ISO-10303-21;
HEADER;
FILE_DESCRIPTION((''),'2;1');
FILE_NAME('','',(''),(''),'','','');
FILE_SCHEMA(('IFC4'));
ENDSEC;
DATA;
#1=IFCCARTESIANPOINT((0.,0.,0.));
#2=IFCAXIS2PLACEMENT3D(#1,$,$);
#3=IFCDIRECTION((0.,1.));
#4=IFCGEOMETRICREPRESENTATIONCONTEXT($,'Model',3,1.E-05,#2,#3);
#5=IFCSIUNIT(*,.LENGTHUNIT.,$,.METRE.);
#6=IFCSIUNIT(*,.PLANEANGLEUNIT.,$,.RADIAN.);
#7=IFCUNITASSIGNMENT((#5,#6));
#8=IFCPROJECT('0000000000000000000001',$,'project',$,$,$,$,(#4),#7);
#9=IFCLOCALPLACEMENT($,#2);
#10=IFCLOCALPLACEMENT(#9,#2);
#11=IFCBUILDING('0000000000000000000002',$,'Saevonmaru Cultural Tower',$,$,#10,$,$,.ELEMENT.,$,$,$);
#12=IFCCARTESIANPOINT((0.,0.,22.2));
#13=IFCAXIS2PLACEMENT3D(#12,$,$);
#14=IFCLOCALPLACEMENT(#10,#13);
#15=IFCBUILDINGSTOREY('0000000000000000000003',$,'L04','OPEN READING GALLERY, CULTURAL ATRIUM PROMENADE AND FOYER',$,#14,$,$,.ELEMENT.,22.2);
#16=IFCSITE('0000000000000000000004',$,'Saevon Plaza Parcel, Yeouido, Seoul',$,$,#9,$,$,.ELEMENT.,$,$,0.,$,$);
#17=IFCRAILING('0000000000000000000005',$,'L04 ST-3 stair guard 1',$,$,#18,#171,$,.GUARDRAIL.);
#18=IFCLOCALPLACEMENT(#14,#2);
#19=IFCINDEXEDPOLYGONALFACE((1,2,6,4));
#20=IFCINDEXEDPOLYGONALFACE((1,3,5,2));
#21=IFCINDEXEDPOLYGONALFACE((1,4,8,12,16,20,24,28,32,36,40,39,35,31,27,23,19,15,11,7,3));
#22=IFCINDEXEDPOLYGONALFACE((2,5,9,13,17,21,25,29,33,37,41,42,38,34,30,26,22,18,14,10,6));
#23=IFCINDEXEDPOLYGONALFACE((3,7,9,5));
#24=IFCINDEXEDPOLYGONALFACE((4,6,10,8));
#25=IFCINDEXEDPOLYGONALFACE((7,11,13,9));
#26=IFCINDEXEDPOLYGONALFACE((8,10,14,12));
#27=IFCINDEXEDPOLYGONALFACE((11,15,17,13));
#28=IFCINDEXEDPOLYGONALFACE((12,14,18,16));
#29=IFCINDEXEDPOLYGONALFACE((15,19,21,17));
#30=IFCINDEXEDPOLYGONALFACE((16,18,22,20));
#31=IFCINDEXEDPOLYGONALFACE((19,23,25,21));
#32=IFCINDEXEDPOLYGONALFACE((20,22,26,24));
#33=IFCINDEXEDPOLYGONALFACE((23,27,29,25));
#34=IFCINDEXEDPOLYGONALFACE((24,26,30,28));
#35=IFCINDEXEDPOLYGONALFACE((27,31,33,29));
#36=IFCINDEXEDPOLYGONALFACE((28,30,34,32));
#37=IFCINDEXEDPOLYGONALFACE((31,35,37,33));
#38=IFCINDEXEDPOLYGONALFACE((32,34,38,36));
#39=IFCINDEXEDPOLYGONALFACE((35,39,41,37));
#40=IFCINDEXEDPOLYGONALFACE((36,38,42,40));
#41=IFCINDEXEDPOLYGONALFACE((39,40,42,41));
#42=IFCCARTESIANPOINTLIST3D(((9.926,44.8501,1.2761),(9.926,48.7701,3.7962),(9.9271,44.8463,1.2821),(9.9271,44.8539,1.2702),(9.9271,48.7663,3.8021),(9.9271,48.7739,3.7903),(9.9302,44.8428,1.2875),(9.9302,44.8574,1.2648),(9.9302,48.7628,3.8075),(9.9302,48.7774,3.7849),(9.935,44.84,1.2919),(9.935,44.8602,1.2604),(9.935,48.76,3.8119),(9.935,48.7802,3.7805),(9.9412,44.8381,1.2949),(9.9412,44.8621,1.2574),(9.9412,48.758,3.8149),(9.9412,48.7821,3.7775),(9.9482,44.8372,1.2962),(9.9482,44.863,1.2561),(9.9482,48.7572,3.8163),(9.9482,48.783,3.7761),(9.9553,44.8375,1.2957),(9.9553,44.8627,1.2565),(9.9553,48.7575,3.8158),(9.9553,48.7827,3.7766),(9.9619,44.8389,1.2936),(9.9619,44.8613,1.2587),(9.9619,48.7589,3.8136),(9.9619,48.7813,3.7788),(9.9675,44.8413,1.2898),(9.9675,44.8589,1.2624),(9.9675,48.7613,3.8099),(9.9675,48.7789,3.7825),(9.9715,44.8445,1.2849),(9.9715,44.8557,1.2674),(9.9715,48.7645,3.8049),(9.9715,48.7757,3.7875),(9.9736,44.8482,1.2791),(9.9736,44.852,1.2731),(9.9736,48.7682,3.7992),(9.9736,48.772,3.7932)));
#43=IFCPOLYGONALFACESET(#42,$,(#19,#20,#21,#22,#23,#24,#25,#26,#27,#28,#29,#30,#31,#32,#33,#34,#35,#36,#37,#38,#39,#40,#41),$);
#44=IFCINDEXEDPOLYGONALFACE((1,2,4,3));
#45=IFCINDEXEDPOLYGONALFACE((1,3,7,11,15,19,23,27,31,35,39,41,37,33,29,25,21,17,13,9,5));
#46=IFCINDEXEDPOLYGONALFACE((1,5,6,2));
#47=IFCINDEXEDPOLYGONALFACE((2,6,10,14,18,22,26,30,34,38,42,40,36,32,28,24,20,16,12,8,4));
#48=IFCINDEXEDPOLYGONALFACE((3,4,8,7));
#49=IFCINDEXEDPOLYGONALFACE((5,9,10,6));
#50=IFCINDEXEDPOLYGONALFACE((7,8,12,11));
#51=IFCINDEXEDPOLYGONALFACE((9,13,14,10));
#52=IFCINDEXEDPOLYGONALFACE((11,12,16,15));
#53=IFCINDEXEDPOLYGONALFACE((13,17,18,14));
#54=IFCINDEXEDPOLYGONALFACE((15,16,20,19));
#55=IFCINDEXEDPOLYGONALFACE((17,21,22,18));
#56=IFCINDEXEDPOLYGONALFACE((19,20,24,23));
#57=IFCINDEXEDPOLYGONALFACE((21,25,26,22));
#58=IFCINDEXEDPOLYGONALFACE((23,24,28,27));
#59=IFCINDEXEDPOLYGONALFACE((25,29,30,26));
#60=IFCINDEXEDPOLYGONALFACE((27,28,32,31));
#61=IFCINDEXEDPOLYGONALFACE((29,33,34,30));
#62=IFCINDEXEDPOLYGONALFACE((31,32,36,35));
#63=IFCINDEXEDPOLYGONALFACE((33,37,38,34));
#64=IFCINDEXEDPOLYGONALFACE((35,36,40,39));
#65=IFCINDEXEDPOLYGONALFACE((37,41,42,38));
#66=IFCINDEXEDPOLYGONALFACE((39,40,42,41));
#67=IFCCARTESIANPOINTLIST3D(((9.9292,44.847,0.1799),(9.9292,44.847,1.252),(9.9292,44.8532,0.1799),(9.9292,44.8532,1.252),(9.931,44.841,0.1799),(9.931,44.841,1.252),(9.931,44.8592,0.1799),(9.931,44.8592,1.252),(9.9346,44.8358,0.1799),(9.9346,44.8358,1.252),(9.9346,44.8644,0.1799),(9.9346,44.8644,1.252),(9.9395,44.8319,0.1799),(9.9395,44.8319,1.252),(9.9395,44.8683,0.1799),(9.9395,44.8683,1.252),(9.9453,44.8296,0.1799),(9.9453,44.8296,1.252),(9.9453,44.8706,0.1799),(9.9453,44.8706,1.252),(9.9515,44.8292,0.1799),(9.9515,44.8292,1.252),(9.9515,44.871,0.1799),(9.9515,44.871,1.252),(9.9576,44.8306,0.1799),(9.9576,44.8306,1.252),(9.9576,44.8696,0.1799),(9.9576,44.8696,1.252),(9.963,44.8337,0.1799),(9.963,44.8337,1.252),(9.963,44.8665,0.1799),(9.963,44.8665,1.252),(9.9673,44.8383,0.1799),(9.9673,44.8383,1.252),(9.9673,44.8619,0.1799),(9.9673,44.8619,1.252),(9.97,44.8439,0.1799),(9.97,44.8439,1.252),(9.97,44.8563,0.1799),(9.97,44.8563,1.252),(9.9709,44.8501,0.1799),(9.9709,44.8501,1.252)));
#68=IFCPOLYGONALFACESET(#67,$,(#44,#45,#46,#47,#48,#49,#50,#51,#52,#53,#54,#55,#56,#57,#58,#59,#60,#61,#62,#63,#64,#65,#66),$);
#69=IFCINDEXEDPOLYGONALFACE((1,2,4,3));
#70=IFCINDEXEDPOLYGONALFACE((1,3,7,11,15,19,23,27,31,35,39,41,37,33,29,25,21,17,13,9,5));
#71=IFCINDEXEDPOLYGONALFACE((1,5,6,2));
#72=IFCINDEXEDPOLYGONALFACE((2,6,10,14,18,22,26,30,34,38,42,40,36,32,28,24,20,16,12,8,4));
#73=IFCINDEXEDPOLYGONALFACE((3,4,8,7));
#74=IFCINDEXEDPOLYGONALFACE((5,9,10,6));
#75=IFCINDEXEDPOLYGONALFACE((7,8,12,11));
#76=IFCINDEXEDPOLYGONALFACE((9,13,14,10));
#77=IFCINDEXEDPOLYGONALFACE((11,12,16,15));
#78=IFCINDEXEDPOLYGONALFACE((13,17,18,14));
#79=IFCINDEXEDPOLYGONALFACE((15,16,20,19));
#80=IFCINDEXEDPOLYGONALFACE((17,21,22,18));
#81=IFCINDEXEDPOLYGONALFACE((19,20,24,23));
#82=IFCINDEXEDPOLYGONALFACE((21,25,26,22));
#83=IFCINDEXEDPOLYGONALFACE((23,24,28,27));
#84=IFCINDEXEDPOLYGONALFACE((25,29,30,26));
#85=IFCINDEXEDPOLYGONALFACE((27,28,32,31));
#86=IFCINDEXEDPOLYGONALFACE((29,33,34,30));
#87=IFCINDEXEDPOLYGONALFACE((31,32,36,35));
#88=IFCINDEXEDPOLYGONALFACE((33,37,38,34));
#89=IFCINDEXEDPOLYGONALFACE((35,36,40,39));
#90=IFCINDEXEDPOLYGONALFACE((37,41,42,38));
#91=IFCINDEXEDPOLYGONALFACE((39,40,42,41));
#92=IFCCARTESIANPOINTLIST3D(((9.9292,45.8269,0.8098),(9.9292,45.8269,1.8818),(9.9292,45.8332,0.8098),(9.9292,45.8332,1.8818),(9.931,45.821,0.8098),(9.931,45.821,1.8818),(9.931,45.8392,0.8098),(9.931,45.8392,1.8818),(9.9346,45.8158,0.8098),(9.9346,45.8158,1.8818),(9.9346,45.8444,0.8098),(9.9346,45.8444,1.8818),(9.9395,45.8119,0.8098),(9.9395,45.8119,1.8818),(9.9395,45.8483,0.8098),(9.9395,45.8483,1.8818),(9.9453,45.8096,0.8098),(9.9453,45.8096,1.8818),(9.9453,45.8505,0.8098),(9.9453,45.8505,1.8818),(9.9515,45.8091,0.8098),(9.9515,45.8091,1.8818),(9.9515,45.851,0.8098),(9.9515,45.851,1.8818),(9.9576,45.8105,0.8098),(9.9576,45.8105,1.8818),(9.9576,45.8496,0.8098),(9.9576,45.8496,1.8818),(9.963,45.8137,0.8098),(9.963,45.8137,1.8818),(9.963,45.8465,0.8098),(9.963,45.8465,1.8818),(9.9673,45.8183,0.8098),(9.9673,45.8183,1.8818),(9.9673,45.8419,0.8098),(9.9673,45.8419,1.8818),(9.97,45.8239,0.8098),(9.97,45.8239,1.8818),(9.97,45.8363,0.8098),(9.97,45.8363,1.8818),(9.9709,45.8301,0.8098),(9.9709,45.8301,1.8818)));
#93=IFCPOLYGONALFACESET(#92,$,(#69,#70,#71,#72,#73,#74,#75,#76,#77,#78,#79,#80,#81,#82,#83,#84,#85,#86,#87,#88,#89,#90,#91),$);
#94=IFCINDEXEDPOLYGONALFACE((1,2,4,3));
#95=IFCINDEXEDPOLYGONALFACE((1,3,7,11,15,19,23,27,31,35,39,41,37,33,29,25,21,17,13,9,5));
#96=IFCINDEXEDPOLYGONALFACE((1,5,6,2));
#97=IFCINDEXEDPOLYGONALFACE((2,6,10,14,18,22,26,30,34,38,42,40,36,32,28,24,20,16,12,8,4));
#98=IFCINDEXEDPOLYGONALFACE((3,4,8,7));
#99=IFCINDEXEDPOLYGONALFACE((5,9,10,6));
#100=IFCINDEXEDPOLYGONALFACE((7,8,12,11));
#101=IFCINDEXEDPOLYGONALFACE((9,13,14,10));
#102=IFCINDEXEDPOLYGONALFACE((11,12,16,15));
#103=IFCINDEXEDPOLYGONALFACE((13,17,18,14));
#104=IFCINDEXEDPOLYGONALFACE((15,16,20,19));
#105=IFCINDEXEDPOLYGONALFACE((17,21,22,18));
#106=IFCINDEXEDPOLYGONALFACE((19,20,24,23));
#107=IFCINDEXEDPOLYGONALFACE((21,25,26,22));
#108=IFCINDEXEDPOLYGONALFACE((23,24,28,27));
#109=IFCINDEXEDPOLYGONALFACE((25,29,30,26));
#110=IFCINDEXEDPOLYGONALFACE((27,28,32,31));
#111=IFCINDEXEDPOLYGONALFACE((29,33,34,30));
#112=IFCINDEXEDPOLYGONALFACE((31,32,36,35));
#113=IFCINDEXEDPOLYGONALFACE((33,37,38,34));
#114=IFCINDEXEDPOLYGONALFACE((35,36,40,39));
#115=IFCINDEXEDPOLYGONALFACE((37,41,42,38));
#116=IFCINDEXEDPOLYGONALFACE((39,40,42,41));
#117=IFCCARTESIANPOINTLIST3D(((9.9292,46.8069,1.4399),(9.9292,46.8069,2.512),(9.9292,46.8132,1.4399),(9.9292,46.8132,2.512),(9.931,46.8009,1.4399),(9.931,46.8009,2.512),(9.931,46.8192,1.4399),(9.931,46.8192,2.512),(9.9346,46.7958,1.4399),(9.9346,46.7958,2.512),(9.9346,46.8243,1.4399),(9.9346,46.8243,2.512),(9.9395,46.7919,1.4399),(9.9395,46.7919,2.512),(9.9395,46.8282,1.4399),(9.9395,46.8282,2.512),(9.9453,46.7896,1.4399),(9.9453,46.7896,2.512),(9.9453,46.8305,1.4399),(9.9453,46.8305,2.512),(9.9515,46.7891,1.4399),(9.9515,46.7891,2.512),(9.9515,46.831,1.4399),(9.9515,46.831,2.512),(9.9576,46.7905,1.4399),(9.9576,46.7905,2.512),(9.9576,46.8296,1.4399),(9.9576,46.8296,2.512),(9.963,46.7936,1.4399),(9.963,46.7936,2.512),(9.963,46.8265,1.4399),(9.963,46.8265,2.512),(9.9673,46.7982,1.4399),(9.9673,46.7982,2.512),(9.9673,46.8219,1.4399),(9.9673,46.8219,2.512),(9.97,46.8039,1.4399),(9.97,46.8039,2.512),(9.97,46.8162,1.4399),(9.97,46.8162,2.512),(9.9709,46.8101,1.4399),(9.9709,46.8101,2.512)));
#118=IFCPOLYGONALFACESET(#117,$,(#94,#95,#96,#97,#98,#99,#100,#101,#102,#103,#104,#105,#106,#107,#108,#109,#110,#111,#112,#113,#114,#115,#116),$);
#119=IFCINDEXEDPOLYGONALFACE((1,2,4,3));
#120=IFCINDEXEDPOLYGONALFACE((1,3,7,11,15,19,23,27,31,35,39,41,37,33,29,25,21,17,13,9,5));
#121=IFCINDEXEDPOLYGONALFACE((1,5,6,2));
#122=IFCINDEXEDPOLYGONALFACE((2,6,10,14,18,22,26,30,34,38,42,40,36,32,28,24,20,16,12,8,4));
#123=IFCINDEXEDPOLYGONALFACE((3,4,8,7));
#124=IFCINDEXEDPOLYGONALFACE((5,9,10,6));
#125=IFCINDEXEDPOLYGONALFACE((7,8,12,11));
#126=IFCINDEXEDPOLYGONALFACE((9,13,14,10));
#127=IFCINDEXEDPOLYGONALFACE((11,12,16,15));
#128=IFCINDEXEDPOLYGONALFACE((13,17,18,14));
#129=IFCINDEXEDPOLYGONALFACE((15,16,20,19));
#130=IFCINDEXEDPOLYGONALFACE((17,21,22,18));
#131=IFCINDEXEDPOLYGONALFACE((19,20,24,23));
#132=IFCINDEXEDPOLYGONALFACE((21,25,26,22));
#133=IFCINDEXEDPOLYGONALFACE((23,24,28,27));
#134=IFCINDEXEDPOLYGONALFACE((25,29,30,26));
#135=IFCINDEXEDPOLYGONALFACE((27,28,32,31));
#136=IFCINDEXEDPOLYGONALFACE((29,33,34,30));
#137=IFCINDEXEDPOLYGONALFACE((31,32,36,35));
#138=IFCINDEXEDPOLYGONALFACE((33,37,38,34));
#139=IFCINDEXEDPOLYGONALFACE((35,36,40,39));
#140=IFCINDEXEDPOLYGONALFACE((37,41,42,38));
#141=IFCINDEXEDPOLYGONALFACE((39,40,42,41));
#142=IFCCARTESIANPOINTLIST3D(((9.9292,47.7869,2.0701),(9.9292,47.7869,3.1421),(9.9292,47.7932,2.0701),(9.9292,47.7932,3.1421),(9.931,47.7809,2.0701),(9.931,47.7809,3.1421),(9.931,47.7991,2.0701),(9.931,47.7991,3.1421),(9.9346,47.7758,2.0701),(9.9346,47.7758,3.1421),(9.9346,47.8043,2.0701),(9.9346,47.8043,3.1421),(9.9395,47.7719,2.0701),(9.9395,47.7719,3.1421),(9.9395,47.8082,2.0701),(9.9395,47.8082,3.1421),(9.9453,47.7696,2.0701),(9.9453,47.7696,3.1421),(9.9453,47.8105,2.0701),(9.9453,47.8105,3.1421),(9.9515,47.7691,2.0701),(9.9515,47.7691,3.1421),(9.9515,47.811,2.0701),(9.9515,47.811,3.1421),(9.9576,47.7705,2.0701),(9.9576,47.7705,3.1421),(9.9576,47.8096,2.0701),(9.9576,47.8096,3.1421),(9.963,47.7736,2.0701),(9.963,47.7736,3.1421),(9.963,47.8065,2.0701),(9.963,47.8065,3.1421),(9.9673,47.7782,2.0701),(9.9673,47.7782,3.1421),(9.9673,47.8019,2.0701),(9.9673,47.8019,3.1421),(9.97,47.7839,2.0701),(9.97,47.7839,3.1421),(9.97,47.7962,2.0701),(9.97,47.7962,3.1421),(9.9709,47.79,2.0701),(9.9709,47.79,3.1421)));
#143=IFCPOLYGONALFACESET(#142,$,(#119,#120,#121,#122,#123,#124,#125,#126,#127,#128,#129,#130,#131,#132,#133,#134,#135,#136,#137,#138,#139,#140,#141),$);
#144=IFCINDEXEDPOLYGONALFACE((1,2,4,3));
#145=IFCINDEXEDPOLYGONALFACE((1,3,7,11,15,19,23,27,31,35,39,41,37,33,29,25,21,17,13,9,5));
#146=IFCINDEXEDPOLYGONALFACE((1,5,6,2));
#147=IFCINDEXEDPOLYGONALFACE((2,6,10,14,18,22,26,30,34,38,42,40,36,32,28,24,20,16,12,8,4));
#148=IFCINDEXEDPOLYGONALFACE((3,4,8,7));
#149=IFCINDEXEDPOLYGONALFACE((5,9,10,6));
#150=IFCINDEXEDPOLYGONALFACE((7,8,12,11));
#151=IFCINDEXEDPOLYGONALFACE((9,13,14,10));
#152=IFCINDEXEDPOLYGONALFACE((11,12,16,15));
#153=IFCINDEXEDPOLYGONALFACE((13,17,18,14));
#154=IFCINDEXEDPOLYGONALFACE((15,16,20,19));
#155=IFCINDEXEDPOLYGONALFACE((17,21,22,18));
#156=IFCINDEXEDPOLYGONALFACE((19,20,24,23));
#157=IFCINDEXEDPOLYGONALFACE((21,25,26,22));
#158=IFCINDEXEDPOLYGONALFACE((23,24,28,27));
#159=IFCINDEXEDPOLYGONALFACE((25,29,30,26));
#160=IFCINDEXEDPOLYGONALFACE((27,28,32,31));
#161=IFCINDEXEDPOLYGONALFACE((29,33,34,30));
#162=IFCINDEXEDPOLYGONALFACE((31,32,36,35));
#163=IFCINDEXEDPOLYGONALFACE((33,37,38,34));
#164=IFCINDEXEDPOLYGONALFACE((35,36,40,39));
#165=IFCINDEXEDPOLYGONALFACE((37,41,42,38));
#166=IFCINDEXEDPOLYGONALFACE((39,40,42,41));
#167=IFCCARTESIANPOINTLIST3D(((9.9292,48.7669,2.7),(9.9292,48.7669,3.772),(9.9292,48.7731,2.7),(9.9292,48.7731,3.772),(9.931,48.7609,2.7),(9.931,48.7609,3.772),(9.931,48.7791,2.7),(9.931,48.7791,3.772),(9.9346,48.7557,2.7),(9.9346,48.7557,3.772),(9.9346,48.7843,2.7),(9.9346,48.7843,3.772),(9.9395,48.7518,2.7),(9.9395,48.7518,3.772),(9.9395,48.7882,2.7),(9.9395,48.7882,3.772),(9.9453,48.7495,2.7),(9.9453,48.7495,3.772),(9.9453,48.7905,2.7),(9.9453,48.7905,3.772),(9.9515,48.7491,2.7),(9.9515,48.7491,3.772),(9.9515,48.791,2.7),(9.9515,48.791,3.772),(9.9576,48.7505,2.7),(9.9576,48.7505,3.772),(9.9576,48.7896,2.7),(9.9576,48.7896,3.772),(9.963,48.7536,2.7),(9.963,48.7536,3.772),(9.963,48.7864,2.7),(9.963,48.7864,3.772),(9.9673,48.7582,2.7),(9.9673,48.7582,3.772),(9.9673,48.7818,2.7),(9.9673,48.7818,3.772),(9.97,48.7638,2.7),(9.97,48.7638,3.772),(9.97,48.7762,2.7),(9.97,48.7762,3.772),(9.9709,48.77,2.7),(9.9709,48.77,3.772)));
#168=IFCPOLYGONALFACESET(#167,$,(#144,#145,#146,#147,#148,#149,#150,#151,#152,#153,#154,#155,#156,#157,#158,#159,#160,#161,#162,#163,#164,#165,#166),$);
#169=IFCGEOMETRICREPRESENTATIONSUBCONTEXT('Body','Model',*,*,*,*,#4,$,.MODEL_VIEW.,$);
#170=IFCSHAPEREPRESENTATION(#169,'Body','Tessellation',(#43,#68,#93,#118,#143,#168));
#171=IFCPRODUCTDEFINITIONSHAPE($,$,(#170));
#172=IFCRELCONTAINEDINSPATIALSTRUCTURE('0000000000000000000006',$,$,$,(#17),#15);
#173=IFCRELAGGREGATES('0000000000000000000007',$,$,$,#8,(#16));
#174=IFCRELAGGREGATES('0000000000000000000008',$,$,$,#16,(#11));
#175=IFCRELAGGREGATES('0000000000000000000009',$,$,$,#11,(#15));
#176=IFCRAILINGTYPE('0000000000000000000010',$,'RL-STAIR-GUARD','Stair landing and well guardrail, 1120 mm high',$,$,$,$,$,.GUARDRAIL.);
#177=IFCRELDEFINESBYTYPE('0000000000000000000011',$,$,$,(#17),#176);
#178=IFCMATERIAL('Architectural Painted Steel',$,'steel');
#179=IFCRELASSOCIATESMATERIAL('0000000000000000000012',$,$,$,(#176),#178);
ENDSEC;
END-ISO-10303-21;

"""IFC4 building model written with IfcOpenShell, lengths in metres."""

from ifc_helpers import new_model, si_unit, direction, frame, origin, origin_2d, place, context, subcontext, project, spatial, circle, extrude, material, type_object, element, save


model = new_model("IFC4")

# Units and contexts
model_context = context("Model", 3, precision=1e-05, world=origin(), true_north=direction((0.0, 1.0)))
body_context = subcontext(model_context, "Body", "Model", "MODEL_VIEW")
ifc_project = project(units=[si_unit("LENGTHUNIT", "METRE"), si_unit("PLANEANGLEUNIT", "RADIAN")], contexts=[model_context])

# Site, building, storey
site_placement = place(None, origin())
site = spatial("IfcSite", under=ifc_project, at=site_placement, Name="Saevon Plaza Parcel, Yeouido, Seoul", CompositionType="ELEMENT", RefElevation=0.0)
building_placement = place(site_placement, origin())
building = spatial("IfcBuilding", under=site, at=building_placement, Name="Saevonmaru Cultural Tower", CompositionType="ELEMENT")
storey_placement = place(building_placement, frame((0.0, 0.0, 22.2)))
storey = spatial("IfcBuildingStorey", under=building, at=storey_placement, Name="L04", Description="OPEN READING GALLERY, CULTURAL ATRIUM PROMENADE AND FOYER", CompositionType="ELEMENT", Elevation=22.2)

# Railing
ifc_material_1 = material(Name="Architectural Painted Steel", Category="steel")
railing_type_1 = type_object("IfcRailingType", Name="RL-STAIR-GUARD", Description="Stair landing and well guardrail, 1120 mm high", PredefinedType="GUARDRAIL", material=ifc_material_1)
railing_1_placement = place(storey_placement, frame((9.95, 44.8501, 0.1799)))
element("IfcRailing", 1, at=railing_1_placement, inside=storey, type_object=railing_type_1, Name="L04 ST-3 stair guard 1", PredefinedType="GUARDRAIL", context=body_context, shape_type="SweptSolid", body=[
    extrude(circle(Radius=0.0239, at=origin_2d()), frame((0.0, 0.0, 1.0962), z_axis=(0.0, 0.841172, 0.540768), x_axis=(-1.0, 0.0, 0.0)), (0.0, 0.0, 1.0), 4.6602),
    extrude(circle(Radius=0.021, at=origin_2d()), origin(), (0.0, 0.0, 1.0), 1.072),
    extrude(circle(Radius=0.021, at=origin_2d()), frame((0.0, 0.98, 0.6299)), (0.0, 0.0, 1.0), 1.072),
    extrude(circle(Radius=0.021, at=origin_2d()), frame((0.0, 1.96, 1.26)), (0.0, 0.0, 1.0), 1.072),
    extrude(circle(Radius=0.021, at=origin_2d()), frame((0.0, 2.9399, 1.8901)), (0.0, 0.0, 1.0), 1.072),
    extrude(circle(Radius=0.021, at=origin_2d()), frame((0.0, 3.9199, 2.52)), (0.0, 0.0, 1.0), 1.072),
])

save(model, "model.ifc")
